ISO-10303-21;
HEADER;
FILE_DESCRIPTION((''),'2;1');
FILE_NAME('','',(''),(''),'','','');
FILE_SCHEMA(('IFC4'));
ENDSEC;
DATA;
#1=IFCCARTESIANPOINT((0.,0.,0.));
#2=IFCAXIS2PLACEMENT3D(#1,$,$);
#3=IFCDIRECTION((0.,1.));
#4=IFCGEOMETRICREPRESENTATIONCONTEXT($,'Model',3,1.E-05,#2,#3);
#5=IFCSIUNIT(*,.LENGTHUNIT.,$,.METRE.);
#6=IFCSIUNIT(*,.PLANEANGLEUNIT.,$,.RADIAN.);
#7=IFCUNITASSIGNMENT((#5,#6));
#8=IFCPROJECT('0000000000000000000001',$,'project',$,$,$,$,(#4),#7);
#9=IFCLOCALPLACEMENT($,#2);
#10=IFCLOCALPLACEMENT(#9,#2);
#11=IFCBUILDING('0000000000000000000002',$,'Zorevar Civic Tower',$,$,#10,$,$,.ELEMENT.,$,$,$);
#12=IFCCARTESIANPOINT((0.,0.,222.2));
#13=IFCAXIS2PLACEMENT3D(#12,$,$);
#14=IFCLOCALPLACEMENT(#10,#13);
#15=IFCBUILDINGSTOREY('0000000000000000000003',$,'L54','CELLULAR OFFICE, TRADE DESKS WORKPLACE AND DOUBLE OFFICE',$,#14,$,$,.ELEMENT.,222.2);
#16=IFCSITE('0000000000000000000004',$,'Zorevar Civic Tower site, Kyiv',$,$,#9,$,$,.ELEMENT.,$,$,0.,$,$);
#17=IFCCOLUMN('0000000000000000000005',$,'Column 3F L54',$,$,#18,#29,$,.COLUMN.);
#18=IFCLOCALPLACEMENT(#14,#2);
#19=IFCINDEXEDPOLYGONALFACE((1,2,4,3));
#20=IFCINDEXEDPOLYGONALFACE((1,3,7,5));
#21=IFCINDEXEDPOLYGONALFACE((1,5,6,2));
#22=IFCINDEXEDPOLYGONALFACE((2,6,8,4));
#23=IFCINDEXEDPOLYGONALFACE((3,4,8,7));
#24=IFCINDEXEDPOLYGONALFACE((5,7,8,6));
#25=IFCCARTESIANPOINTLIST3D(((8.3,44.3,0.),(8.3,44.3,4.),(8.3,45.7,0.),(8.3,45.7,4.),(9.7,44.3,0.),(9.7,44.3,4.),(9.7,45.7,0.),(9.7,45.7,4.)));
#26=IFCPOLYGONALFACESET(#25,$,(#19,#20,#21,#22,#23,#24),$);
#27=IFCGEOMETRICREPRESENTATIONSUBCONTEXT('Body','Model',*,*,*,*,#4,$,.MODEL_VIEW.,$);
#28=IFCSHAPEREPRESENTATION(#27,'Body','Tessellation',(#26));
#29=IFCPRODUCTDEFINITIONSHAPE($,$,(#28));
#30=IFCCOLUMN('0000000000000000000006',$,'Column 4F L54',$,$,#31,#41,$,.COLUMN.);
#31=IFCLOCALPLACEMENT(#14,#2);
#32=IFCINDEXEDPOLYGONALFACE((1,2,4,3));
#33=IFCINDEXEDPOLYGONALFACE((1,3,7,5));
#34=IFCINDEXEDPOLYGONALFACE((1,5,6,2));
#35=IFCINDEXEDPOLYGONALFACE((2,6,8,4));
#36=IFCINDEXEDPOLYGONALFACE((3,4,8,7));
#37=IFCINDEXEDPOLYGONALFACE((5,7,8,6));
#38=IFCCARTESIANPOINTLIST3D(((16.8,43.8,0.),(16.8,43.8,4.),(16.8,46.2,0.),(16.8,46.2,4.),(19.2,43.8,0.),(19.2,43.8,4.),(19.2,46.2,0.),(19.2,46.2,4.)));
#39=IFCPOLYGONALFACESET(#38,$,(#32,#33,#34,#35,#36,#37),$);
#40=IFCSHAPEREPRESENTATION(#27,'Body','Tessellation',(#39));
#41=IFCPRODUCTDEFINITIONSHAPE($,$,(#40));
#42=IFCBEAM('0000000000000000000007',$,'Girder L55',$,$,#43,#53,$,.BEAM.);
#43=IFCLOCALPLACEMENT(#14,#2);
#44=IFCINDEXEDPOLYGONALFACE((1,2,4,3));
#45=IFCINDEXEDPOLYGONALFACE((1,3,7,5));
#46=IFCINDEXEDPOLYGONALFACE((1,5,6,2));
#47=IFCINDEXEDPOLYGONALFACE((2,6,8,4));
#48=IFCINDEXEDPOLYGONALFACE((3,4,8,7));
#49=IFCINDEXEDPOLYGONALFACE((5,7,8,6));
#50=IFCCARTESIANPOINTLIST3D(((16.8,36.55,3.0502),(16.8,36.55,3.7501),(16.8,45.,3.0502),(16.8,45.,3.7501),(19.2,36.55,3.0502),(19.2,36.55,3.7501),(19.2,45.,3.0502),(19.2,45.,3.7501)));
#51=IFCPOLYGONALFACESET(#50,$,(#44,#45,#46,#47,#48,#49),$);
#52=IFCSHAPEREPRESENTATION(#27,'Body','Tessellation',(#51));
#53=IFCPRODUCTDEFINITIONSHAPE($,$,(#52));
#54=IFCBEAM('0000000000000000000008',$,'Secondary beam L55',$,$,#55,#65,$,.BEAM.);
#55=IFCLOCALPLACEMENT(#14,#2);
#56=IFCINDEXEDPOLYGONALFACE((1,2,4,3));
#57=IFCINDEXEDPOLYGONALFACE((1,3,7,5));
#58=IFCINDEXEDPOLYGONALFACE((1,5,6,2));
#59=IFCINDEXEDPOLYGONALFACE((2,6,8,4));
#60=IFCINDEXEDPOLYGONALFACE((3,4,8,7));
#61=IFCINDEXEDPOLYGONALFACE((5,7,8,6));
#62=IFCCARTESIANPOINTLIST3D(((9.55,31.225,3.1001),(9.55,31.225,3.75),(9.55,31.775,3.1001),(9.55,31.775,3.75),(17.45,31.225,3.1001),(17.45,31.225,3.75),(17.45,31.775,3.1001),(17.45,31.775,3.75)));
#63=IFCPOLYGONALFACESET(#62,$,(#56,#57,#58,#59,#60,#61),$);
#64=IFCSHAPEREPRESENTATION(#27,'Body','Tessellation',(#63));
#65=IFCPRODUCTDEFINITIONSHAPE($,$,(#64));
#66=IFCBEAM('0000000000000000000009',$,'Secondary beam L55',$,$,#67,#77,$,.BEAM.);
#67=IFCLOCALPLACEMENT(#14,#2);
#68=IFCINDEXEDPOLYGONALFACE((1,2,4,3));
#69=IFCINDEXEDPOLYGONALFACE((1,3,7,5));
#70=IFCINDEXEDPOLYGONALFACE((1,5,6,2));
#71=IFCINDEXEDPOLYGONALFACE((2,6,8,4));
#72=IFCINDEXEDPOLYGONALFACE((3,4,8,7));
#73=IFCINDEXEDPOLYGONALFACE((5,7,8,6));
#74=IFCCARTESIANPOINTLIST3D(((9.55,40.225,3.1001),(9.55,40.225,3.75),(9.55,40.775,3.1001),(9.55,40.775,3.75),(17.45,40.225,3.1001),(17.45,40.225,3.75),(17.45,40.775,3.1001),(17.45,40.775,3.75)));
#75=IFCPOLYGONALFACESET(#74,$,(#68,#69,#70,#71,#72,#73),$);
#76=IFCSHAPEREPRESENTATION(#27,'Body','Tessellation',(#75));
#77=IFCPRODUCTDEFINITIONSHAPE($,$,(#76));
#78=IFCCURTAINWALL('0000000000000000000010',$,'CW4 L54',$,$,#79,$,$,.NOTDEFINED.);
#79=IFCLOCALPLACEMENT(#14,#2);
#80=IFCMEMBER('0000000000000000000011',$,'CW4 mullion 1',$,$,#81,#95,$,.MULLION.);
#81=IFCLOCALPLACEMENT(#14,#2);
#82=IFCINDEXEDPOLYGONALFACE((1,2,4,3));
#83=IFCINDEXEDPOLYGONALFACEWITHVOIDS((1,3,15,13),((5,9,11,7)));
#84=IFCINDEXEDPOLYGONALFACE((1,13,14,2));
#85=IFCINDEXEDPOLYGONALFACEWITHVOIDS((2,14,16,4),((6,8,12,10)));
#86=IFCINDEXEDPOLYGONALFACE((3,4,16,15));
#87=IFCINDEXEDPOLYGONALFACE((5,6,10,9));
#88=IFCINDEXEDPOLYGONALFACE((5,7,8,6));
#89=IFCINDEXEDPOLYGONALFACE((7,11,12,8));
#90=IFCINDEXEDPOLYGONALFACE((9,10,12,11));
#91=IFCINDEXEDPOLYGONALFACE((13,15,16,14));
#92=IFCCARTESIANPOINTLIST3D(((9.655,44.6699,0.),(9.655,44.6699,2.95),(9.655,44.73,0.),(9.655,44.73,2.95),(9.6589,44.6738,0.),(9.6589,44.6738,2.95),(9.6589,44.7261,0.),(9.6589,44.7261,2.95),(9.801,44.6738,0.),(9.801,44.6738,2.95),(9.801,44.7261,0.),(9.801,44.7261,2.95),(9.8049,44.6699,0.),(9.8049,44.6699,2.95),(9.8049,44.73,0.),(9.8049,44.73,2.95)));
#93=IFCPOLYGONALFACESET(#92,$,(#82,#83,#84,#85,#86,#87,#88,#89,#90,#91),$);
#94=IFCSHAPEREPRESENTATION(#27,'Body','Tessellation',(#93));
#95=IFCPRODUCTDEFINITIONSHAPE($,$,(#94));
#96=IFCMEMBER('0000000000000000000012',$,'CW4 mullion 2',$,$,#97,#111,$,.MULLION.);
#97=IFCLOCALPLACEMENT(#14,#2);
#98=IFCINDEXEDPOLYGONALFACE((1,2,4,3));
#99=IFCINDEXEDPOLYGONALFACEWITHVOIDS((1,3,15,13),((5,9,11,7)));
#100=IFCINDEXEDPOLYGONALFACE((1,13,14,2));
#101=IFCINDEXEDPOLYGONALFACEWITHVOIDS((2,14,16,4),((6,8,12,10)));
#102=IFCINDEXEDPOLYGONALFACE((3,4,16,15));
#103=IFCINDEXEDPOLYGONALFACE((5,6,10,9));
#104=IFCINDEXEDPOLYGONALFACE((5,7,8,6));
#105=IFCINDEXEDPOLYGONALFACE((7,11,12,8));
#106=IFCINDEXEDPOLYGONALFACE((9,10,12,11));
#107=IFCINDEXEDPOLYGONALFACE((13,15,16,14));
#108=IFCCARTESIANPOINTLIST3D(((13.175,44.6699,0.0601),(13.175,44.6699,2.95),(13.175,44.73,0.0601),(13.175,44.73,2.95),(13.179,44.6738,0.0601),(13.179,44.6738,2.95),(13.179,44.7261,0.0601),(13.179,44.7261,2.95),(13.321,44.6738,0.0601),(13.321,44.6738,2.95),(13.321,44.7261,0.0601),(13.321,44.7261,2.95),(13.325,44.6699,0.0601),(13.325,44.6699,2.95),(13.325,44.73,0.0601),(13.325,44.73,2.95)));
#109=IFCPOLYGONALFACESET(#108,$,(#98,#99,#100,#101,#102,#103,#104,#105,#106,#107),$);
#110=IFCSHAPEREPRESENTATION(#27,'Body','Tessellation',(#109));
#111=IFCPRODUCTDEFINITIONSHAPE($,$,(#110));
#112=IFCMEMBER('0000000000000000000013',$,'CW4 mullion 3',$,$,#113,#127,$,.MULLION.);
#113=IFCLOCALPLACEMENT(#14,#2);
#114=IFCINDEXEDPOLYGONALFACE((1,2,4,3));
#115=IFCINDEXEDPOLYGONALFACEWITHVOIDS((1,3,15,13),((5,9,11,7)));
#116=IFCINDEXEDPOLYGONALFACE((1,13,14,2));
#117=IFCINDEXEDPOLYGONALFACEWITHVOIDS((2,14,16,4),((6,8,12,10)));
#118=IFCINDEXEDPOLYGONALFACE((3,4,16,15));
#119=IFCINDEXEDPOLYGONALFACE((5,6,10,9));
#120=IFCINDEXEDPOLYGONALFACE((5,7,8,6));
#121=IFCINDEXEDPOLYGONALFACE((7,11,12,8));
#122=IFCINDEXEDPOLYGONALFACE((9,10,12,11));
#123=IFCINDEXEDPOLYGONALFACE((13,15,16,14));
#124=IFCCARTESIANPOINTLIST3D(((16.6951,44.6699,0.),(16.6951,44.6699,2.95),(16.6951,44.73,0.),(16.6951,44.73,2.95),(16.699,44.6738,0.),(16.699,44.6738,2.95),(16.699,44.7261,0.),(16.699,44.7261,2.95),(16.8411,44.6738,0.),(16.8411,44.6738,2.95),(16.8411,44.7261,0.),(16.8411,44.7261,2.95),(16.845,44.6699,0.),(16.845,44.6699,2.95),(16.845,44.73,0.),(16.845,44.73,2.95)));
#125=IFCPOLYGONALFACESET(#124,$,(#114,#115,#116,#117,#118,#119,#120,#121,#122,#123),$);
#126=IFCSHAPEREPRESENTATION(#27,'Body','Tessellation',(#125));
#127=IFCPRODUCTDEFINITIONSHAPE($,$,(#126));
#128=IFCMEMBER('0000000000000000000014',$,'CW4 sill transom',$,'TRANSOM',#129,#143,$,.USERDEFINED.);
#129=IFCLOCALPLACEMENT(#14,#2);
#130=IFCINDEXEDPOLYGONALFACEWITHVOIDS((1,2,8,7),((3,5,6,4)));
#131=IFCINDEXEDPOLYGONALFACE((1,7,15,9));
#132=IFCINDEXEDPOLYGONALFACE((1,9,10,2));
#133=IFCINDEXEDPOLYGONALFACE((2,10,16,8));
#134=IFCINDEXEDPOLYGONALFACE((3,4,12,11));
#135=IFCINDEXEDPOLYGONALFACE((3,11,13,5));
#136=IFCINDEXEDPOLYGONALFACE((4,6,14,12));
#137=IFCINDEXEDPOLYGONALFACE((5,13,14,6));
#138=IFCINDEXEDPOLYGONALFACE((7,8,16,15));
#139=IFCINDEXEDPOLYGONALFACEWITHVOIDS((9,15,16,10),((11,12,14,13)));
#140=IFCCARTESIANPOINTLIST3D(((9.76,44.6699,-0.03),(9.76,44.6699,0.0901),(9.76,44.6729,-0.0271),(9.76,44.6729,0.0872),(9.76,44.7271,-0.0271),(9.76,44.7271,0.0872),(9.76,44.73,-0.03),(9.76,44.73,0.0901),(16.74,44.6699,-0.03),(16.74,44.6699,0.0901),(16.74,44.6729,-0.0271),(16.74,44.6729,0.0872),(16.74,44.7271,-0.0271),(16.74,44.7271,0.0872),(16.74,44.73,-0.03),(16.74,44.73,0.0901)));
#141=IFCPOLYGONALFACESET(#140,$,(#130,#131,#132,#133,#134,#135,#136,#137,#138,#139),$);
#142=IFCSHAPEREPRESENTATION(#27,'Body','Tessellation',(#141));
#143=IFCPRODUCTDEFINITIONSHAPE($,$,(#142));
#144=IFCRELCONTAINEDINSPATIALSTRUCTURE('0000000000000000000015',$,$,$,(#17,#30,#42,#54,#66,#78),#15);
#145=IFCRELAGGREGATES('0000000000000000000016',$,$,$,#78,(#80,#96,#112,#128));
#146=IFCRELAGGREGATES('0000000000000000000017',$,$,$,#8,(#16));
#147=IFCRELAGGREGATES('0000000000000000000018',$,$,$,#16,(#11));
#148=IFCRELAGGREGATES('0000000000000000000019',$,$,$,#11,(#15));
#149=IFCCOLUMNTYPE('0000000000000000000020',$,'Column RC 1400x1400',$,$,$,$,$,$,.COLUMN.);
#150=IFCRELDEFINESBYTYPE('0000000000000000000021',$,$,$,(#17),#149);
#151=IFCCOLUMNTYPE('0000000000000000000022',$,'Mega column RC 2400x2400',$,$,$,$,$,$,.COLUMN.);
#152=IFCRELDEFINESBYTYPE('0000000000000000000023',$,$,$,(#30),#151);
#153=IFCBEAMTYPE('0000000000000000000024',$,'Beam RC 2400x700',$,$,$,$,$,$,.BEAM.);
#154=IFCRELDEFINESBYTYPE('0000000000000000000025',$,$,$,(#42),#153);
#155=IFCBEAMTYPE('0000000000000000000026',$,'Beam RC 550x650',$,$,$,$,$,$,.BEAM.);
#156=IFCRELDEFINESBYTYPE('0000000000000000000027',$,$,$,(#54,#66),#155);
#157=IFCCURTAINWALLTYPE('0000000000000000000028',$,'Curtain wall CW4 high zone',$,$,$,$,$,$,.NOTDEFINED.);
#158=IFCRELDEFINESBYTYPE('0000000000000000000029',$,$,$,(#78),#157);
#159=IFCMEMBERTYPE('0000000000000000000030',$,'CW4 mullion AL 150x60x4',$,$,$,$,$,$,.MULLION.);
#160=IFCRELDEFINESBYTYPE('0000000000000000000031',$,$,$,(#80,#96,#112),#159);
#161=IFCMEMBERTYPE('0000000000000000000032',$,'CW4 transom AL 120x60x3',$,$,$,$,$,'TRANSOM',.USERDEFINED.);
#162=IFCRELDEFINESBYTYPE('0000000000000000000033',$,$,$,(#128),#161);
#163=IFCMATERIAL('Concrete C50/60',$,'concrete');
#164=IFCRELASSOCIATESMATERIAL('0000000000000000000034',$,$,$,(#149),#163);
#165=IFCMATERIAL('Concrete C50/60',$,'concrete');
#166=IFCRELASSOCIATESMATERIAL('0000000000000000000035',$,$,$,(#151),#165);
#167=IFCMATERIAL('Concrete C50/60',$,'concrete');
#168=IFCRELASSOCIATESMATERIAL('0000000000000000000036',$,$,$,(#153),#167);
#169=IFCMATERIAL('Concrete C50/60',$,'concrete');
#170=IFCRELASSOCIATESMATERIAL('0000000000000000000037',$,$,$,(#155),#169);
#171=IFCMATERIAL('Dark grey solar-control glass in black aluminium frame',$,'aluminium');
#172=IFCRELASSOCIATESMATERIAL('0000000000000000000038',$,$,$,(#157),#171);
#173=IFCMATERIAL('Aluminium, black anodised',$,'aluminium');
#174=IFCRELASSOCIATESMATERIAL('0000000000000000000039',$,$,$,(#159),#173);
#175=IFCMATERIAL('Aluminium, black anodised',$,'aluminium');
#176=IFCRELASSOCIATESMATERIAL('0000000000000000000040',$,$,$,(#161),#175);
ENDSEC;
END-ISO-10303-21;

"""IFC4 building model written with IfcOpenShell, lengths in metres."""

from ifc_helpers import new_model, si_unit, direction, frame, origin, origin_2d, place, context, subcontext, project, spatial, rectangle, hollow_rectangle, extrude, material, material_profile, profile_set, type_object, element, aggregate, save


model = new_model("IFC4")

# Units and contexts
model_context = context("Model", 3, precision=1e-05, world=origin(), true_north=direction((0.0, 1.0)))
body_context = subcontext(model_context, "Body", "Model", "MODEL_VIEW")
ifc_project = project(units=[si_unit("LENGTHUNIT", "METRE"), si_unit("PLANEANGLEUNIT", "RADIAN")], contexts=[model_context])

# Site, building, storey
site_placement = place(None, origin())
site = spatial("IfcSite", under=ifc_project, at=site_placement, Name="Zorevar Civic Tower site, Kyiv", CompositionType="ELEMENT", RefElevation=0.0)
building_placement = place(site_placement, origin())
building = spatial("IfcBuilding", under=site, at=building_placement, Name="Zorevar Civic Tower", CompositionType="ELEMENT")
storey_placement = place(building_placement, frame((0.0, 0.0, 222.2)))
storey = spatial("IfcBuildingStorey", under=building, at=storey_placement, Name="L54", Description="CELLULAR OFFICE, TRADE DESKS WORKPLACE AND DOUBLE OFFICE", CompositionType="ELEMENT", Elevation=222.2)

# Columns
ifc_material_1 = material(Name="Concrete C50/60", Category="concrete")
ifc_material_profile_1 = material_profile(ifc_material_1, rectangle(XDim=1.3999, YDim=1.3999, at=origin_2d()), Name="RC 1400x1400")
ifc_profile_set_1 = profile_set([ifc_material_profile_1], Name="Concrete C50/60")
column_type_1 = type_object("IfcColumnType", Name="Column RC 1400x1400", PredefinedType="COLUMN", material=ifc_profile_set_1)
column_1_placement = place(storey_placement, frame((9.0, 45.0, 0.0), z_axis=(0.0, 0.0, 1.0), x_axis=(1.0, 0.0, 0.0)))
element("IfcColumn", 1, at=column_1_placement, inside=storey, type_object=column_type_1, Name="Column 3F L54", PredefinedType="COLUMN", context=body_context, shape_type="SweptSolid", body=[
    extrude(rectangle(XDim=1.3999, YDim=1.3999, at=origin_2d()), origin(), (0.0, 0.0, 1.0), 4.0),
])
ifc_material_2 = material(Name="Concrete C50/60", Category="concrete")
ifc_material_profile_2 = material_profile(ifc_material_2, rectangle(XDim=2.3999, YDim=2.3999, at=origin_2d()), Name="RC 2400x2400")
ifc_profile_set_2 = profile_set([ifc_material_profile_2], Name="Concrete C50/60")
column_type_2 = type_object("IfcColumnType", Name="Mega column RC 2400x2400", PredefinedType="COLUMN", material=ifc_profile_set_2)
column_2_placement = place(storey_placement, frame((18.0, 45.0, 0.0), z_axis=(0.0, 0.0, 1.0), x_axis=(1.0, 0.0, 0.0)))
element("IfcColumn", 2, at=column_2_placement, inside=storey, type_object=column_type_2, Name="Column 4F L54", PredefinedType="COLUMN", context=body_context, shape_type="SweptSolid", body=[
    extrude(rectangle(XDim=2.3999, YDim=2.3999, at=origin_2d()), origin(), (0.0, 0.0, 1.0), 4.0),
])

# Beams
ifc_material_3 = material(Name="Concrete C50/60", Category="concrete")
ifc_material_profile_3 = material_profile(ifc_material_3, rectangle(XDim=2.3999, YDim=0.7, at=origin_2d()), Name="RC 2400x700")
ifc_profile_set_3 = profile_set([ifc_material_profile_3], Name="Concrete C50/60")
beam_type_1 = type_object("IfcBeamType", Name="Beam RC 2400x700", PredefinedType="BEAM", material=ifc_profile_set_3)
beam_1_placement = place(storey_placement, frame((18.0, 36.55, 3.4001), z_axis=(0.0, 1.0, 0.0), x_axis=(-1.0, 0.0, 0.0)))
element("IfcBeam", 3, at=beam_1_placement, inside=storey, type_object=beam_type_1, Name="Girder L55", PredefinedType="BEAM", context=body_context, shape_type="SweptSolid", body=[
    extrude(rectangle(XDim=2.3999, YDim=0.7, at=origin_2d()), origin(), (0.0, 0.0, 1.0), 8.45),
])
ifc_material_4 = material(Name="Concrete C50/60", Category="concrete")
ifc_material_profile_4 = material_profile(ifc_material_4, rectangle(XDim=0.55, YDim=0.6499, at=origin_2d()), Name="RC 550x650")
ifc_profile_set_4 = profile_set([ifc_material_profile_4], Name="Concrete C50/60")
beam_type_2 = type_object("IfcBeamType", Name="Beam RC 550x650", PredefinedType="BEAM", material=ifc_profile_set_4)
for number, where, z_axis, x_axis, name in (
    (4, (9.55, 31.5, 3.425), (1.0, 0.0, 0.0), (0.0, 1.0, 0.0), "Secondary beam L55"),
    (5, (9.55, 40.5, 3.425), (1.0, 0.0, 0.0), (0.0, 1.0, 0.0), "Secondary beam L55"),
):
    element("IfcBeam", number, at=place(storey_placement, frame(where, z_axis=z_axis, x_axis=x_axis)), inside=storey, type_object=beam_type_2, Name=name, PredefinedType="BEAM", context=body_context, shape_type="SweptSolid", body=[
        extrude(rectangle(XDim=0.55, YDim=0.6499, at=origin_2d()), origin(), (0.0, 0.0, 1.0), 7.8999),
    ])

# Curtain wall, members
ifc_material_5 = material(Name="Dark grey solar-control glass in black aluminium frame", Category="aluminium")
curtain_wall_type = type_object("IfcCurtainWallType", Name="Curtain wall CW4 high zone", PredefinedType="NOTDEFINED", material=ifc_material_5)
curtain_wall_placement = place(storey_placement, origin())
curtain_wall = element("IfcCurtainWall", 6, at=curtain_wall_placement, inside=storey, type_object=curtain_wall_type, Name="CW4 L54", PredefinedType="NOTDEFINED")
ifc_material_6 = material(Name="Aluminium, black anodised", Category="aluminium")
ifc_material_profile_5 = material_profile(ifc_material_6, hollow_rectangle(XDim=0.0601, YDim=0.1499, WallThickness=0.0039, at=origin_2d()), Name="AL 150x60x4")
ifc_profile_set_5 = profile_set([ifc_material_profile_5], Name="Aluminium, black anodised")
member_type_1 = type_object("IfcMemberType", Name="CW4 mullion AL 150x60x4", PredefinedType="MULLION", material=ifc_profile_set_5)
member_1_placement = place(storey_placement, frame((9.73, 44.7, 0.0), z_axis=(0.0, 0.0, 1.0), x_axis=(0.0, 1.0, 0.0)))
member_1 = element("IfcMember", 7, at=member_1_placement, type_object=member_type_1, Name="CW4 mullion 1", PredefinedType="MULLION", context=body_context, shape_type="SweptSolid", body=[
    extrude(hollow_rectangle(XDim=0.0601, YDim=0.1499, WallThickness=0.0039, at=origin_2d()), origin(), (0.0, 0.0, 1.0), 2.95),
])
member_2_placement = place(storey_placement, frame((13.25, 44.7, 0.0601), z_axis=(0.0, 0.0, 1.0), x_axis=(0.0, 1.0, 0.0)))
member_2 = element("IfcMember", 8, at=member_2_placement, type_object=member_type_1, Name="CW4 mullion 2", PredefinedType="MULLION", context=body_context, shape_type="SweptSolid", body=[
    extrude(hollow_rectangle(XDim=0.0601, YDim=0.1499, WallThickness=0.0039, at=origin_2d()), origin(), (0.0, 0.0, 1.0), 2.8899),
])
member_3_placement = place(storey_placement, frame((16.77, 44.7, 0.0), z_axis=(0.0, 0.0, 1.0), x_axis=(0.0, 1.0, 0.0)))
member_3 = element("IfcMember", 9, at=member_3_placement, type_object=member_type_1, Name="CW4 mullion 3", PredefinedType="MULLION", context=body_context, shape_type="SweptSolid", body=[
    extrude(hollow_rectangle(XDim=0.0601, YDim=0.1499, WallThickness=0.0039, at=origin_2d()), origin(), (0.0, 0.0, 1.0), 2.95),
])
ifc_material_7 = material(Name="Aluminium, black anodised", Category="aluminium")
ifc_material_profile_6 = material_profile(ifc_material_7, hollow_rectangle(XDim=0.0601, YDim=0.1201, WallThickness=0.0029, at=origin_2d()), Name="AL 120x60x3")
ifc_profile_set_6 = profile_set([ifc_material_profile_6], Name="Aluminium, black anodised")
member_type_2 = type_object("IfcMemberType", Name="CW4 transom AL 120x60x3", ElementType="TRANSOM", PredefinedType="USERDEFINED", material=ifc_profile_set_6)
member_4_placement = place(storey_placement, frame((9.76, 44.7, 0.03), z_axis=(1.0, 0.0, 0.0), x_axis=(0.0, 1.0, 0.0)))
member_4 = element("IfcMember", 10, at=member_4_placement, type_object=member_type_2, Name="CW4 sill transom", ObjectType="TRANSOM", PredefinedType="USERDEFINED", context=body_context, shape_type="SweptSolid", body=[
    extrude(hollow_rectangle(XDim=0.0601, YDim=0.1201, WallThickness=0.0029, at=origin_2d()), origin(), (0.0, 0.0, 1.0), 6.98),
])

aggregate(curtain_wall, [member_1, member_2, member_3, member_4])

save(model, "model.ifc")
